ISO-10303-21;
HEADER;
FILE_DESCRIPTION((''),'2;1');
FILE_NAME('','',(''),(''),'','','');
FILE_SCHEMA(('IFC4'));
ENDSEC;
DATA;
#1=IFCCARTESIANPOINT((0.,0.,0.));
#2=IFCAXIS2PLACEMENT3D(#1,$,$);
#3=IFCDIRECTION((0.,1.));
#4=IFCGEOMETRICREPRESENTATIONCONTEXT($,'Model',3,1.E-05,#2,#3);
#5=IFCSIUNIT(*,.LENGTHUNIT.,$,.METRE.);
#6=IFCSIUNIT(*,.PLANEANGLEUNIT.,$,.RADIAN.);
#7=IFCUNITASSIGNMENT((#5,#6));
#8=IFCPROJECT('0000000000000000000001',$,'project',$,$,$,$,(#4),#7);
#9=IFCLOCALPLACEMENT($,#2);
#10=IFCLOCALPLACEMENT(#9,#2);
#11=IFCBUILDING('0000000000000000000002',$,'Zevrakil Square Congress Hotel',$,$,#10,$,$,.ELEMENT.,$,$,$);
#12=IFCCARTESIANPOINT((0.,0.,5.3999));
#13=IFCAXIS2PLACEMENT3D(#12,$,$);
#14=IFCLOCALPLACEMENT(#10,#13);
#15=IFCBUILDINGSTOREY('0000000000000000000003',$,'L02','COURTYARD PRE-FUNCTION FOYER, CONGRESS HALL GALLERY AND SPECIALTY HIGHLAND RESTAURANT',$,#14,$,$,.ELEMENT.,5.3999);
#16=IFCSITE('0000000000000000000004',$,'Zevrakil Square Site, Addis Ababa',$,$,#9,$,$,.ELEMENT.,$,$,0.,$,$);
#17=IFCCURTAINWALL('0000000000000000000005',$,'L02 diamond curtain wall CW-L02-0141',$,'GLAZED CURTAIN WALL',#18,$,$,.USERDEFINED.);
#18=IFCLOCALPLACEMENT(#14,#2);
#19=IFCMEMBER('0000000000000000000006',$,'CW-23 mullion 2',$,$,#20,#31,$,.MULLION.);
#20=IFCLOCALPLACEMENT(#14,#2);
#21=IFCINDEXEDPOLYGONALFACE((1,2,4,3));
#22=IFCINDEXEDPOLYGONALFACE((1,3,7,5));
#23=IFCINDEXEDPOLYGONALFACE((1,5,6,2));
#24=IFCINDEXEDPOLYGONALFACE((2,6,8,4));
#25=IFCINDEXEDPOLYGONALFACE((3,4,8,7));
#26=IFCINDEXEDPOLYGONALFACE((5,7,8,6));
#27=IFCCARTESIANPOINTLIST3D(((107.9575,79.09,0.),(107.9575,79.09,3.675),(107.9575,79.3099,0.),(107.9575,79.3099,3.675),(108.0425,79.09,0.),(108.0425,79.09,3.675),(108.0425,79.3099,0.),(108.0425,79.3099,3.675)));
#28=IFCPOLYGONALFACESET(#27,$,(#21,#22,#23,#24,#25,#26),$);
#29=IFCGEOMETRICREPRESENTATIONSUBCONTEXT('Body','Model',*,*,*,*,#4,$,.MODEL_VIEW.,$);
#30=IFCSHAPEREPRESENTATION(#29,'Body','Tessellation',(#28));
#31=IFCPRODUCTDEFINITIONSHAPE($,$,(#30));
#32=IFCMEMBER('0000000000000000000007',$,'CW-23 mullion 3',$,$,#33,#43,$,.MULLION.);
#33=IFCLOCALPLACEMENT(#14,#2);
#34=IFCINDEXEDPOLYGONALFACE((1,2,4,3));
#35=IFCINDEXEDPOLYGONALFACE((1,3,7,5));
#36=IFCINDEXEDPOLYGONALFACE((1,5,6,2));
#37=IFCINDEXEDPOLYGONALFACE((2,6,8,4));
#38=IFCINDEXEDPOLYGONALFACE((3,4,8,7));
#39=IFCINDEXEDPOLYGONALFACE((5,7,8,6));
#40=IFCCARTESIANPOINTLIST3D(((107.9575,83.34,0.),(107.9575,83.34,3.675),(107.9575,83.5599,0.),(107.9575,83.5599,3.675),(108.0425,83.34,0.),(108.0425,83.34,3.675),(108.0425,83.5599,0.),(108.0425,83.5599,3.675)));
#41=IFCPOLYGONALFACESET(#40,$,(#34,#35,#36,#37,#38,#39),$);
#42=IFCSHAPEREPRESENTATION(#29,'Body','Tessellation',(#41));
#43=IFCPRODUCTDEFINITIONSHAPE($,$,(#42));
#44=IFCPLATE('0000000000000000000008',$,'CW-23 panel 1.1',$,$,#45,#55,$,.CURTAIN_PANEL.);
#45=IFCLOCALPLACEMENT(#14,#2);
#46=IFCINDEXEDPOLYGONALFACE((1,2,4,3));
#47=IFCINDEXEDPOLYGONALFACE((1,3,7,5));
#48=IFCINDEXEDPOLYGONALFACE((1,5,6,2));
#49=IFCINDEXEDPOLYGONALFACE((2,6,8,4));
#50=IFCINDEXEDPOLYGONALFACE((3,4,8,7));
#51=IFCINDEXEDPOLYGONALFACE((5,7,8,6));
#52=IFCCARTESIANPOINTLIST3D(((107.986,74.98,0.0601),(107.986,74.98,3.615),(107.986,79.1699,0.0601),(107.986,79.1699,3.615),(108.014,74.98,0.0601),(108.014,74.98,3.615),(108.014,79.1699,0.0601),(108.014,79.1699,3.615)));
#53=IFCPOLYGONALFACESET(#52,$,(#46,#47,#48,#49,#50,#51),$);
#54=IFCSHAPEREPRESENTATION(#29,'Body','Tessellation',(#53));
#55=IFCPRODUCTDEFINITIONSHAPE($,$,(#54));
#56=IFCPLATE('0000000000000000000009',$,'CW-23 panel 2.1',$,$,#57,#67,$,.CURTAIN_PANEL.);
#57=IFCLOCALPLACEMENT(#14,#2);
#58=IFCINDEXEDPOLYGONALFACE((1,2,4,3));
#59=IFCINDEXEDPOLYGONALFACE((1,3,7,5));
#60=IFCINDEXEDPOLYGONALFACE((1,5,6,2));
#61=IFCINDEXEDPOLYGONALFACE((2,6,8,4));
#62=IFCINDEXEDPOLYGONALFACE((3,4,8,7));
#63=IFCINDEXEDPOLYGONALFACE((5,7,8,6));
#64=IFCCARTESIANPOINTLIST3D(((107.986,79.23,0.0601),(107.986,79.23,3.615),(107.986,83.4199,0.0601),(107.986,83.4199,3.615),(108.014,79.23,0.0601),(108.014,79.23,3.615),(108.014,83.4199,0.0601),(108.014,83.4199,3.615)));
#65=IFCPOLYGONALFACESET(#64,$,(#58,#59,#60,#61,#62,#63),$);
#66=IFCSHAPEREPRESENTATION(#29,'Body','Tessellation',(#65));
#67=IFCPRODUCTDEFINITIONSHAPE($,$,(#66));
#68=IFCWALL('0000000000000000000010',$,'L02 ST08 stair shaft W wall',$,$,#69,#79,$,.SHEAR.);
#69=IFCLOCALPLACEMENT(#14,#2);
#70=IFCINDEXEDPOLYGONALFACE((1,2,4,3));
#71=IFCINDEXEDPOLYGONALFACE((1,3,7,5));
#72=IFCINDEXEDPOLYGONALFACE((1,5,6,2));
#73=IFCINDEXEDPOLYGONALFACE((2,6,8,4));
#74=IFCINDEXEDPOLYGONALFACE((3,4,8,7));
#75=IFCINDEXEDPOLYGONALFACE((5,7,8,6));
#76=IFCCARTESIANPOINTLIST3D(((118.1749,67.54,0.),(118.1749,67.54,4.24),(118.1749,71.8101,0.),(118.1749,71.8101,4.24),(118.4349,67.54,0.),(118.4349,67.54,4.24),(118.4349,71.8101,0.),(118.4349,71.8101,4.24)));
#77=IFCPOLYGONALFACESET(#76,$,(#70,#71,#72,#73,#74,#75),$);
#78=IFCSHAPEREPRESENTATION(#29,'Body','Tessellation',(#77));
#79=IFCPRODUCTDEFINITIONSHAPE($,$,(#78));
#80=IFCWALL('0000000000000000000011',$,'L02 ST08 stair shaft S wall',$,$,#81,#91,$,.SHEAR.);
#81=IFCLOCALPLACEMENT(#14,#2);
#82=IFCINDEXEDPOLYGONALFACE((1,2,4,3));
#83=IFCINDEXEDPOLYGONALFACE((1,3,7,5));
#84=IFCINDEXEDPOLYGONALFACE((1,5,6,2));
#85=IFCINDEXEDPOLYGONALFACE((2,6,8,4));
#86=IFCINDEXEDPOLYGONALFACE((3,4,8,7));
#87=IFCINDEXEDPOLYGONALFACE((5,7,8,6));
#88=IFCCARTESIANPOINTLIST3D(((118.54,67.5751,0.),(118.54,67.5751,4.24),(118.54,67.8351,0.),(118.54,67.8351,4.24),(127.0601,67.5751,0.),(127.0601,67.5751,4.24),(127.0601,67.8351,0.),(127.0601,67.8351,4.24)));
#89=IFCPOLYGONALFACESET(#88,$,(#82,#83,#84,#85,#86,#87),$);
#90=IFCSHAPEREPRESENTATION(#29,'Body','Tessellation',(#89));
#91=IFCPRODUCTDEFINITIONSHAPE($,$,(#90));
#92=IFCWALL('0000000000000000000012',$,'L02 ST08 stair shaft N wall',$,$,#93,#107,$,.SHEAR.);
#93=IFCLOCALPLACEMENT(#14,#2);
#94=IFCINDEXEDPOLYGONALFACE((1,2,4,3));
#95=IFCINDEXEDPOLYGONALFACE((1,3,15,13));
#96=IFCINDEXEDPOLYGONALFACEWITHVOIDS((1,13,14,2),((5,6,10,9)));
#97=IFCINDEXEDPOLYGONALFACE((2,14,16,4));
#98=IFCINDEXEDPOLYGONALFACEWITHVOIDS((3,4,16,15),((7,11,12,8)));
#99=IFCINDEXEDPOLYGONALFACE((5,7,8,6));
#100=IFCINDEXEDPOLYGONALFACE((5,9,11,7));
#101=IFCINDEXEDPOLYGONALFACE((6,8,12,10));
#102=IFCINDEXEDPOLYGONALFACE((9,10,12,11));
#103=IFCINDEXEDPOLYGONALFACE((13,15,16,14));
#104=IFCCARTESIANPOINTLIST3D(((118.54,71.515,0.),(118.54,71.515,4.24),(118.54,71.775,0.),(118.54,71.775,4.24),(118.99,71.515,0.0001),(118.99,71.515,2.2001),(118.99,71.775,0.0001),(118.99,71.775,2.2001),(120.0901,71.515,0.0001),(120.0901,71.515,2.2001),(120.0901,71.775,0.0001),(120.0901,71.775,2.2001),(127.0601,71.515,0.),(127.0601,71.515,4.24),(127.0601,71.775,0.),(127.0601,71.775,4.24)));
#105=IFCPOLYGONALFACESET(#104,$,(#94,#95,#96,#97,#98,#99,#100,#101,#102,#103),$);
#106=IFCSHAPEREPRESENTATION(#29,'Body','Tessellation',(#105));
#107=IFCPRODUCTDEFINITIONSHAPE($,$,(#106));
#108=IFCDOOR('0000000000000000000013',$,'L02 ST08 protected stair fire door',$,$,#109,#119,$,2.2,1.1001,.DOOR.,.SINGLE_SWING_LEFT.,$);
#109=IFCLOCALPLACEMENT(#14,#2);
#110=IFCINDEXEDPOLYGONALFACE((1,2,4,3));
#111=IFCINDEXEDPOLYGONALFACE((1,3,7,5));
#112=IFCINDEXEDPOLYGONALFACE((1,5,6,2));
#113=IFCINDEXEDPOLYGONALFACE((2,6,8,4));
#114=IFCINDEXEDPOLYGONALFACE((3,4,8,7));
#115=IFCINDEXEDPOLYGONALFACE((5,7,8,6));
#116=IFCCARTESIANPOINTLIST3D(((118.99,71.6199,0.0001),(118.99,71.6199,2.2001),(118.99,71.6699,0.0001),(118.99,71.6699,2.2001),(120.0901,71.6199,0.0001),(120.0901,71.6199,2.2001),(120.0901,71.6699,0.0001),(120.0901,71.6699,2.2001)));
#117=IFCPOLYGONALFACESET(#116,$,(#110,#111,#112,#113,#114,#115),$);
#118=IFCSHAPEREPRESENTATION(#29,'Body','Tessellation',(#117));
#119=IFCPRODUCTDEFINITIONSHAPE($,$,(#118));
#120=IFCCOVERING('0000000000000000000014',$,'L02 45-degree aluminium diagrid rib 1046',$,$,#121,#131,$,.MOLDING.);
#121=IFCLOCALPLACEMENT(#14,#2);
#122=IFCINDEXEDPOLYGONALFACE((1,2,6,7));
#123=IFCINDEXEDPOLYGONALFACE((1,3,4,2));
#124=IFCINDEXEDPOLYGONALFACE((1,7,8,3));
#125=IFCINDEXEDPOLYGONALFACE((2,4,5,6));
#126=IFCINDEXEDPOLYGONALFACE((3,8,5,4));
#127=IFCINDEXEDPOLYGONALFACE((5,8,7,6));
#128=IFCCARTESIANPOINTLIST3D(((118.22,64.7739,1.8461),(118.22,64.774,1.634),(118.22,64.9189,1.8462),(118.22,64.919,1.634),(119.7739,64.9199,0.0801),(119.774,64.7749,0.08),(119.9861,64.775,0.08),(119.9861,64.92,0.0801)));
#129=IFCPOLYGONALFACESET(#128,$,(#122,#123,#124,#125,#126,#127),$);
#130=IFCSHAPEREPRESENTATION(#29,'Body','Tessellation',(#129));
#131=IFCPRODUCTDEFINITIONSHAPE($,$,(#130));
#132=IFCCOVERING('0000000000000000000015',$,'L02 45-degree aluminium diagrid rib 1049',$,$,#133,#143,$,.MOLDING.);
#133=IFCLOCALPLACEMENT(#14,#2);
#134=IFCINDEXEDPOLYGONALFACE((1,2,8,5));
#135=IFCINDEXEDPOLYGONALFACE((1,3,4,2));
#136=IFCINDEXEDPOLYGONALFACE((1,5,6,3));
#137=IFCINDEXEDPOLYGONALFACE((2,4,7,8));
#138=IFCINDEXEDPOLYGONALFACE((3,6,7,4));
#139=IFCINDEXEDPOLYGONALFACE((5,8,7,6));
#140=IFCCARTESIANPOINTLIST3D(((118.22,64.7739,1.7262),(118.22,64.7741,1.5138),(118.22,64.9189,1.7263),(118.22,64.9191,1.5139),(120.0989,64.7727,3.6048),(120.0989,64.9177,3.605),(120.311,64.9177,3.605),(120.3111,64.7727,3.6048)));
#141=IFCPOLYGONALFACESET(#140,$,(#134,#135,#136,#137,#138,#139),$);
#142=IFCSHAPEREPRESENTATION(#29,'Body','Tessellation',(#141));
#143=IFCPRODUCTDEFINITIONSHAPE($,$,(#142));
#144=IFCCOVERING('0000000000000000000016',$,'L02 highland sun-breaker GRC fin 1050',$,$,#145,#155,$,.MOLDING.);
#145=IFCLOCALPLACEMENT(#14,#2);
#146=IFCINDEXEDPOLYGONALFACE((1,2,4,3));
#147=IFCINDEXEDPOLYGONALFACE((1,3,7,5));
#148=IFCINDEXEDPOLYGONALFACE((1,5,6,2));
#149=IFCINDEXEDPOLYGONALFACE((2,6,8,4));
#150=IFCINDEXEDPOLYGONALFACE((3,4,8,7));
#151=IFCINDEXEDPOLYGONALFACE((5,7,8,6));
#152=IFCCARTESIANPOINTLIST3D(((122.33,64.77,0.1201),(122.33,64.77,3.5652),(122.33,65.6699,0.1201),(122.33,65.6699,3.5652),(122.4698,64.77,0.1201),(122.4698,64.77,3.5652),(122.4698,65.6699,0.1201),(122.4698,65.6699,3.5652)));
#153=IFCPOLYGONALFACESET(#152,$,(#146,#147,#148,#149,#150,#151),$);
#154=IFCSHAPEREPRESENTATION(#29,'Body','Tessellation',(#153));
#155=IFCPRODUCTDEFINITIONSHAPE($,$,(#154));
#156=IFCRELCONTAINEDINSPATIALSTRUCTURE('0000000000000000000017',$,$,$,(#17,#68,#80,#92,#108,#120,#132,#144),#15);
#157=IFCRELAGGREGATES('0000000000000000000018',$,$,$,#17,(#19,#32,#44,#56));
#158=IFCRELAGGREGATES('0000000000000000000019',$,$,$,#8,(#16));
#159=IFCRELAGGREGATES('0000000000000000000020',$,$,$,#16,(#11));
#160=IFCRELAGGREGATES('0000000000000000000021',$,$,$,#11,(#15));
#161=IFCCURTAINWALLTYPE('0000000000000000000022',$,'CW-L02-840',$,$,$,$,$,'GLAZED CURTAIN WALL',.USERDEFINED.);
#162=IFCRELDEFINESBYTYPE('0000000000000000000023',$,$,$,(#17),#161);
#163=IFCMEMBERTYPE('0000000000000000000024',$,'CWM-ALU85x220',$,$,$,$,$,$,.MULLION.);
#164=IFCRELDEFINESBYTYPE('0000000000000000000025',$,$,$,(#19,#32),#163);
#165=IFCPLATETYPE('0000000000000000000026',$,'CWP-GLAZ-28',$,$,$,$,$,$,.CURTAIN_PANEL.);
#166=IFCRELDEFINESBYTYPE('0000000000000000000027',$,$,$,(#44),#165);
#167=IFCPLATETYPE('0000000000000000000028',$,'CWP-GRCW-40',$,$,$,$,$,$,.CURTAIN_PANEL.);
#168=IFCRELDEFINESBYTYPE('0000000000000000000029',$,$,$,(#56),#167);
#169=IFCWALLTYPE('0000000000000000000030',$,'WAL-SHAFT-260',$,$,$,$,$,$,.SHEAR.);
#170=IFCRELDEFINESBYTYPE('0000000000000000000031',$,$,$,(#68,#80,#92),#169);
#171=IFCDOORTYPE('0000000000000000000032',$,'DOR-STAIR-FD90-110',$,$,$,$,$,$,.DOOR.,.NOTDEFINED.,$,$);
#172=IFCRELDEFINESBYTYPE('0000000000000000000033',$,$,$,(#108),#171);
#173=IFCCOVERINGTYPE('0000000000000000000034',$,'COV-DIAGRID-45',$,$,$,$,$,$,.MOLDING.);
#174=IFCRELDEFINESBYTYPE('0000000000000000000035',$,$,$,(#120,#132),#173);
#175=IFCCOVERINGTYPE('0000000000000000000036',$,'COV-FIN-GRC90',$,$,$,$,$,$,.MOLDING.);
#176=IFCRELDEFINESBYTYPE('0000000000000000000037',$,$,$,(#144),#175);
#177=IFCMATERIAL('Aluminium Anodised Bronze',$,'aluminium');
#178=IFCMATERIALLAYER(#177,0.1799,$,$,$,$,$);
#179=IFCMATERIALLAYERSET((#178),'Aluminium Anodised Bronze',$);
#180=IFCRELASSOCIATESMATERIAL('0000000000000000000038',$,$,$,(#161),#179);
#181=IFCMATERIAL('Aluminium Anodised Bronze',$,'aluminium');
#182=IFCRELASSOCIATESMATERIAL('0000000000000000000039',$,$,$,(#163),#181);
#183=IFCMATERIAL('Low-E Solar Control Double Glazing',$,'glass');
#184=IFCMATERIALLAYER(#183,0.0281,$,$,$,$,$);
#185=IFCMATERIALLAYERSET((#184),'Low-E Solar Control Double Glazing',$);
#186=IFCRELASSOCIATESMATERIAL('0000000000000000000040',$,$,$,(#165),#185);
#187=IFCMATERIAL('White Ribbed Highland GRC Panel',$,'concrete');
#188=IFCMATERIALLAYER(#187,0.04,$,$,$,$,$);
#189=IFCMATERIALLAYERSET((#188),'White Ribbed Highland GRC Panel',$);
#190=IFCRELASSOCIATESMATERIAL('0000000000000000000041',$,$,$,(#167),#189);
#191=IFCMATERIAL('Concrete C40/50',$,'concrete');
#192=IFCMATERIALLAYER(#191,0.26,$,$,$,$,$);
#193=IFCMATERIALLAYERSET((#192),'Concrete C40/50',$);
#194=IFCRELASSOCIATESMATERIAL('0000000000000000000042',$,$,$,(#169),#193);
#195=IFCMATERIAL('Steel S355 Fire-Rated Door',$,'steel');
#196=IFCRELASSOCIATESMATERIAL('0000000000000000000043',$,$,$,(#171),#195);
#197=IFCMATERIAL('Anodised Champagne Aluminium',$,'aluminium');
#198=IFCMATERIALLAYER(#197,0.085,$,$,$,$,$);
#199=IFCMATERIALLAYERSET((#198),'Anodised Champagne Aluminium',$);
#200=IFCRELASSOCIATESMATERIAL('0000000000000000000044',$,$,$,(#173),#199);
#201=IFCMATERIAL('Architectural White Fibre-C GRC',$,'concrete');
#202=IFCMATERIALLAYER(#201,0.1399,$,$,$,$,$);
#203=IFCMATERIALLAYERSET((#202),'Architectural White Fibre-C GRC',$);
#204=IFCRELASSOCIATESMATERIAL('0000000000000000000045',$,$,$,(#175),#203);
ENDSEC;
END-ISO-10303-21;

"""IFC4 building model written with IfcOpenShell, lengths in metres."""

from ifc_helpers import new_model, si_unit, direction, frame, frame_2d, origin, origin_2d, place, context, subcontext, project, spatial, polyline, rectangle, outline, extrude, material, layer, layer_set, material_profile, profile_set, type_object, element, fill, aggregate, save


model = new_model("IFC4")

# Units and contexts
model_context = context("Model", 3, precision=1e-05, world=origin(), true_north=direction((0.0, 1.0)))
body_context = subcontext(model_context, "Body", "Model", "MODEL_VIEW")
ifc_project = project(units=[si_unit("LENGTHUNIT", "METRE"), si_unit("PLANEANGLEUNIT", "RADIAN")], contexts=[model_context])

# Site, building, storey
site_placement = place(None, origin())
site = spatial("IfcSite", under=ifc_project, at=site_placement, Name="Zevrakil Square Site, Addis Ababa", CompositionType="ELEMENT", RefElevation=0.0)
building_placement = place(site_placement, origin())
building = spatial("IfcBuilding", under=site, at=building_placement, Name="Zevrakil Square Congress Hotel", CompositionType="ELEMENT")
storey_placement = place(building_placement, frame((0.0, 0.0, 5.3999)))
storey = spatial("IfcBuildingStorey", under=building, at=storey_placement, Name="L02", Description="COURTYARD PRE-FUNCTION FOYER, CONGRESS HALL GALLERY AND SPECIALTY HIGHLAND RESTAURANT", CompositionType="ELEMENT", Elevation=5.3999)

# Curtain wall, members, plates
ifc_material_1 = material(Name="Aluminium Anodised Bronze", Category="aluminium")
ifc_layer_1 = layer(ifc_material_1, 0.1799)
ifc_layer_set_1 = layer_set([ifc_layer_1], Name="Aluminium Anodised Bronze")
curtain_wall_type = type_object("IfcCurtainWallType", Name="CW-L02-840", ElementType="GLAZED CURTAIN WALL", PredefinedType="USERDEFINED", material=ifc_layer_set_1)
curtain_wall_placement = place(storey_placement, origin())
curtain_wall = element("IfcCurtainWall", 1, at=curtain_wall_placement, inside=storey, type_object=curtain_wall_type, Name="L02 diamond curtain wall CW-L02-0141", ObjectType="GLAZED CURTAIN WALL", PredefinedType="USERDEFINED")
ifc_material_2 = material(Name="Aluminium Anodised Bronze", Category="aluminium")
ifc_material_profile_1 = material_profile(ifc_material_2, rectangle(XDim=0.085, YDim=0.22, at=origin_2d()), Name="ALU 85x220")
ifc_profile_set_1 = profile_set([ifc_material_profile_1], Name="Aluminium Anodised Bronze")
member_type_1 = type_object("IfcMemberType", Name="CWM-ALU85x220", PredefinedType="MULLION", material=ifc_profile_set_1)
member_1_placement = place(storey_placement, frame((108.0, 79.2, 0.0), z_axis=(0.0, 0.0, 1.0), x_axis=(-1.0, 0.0, 0.0)))
member_1 = element("IfcMember", 2, at=member_1_placement, type_object=member_type_1, Name="CW-23 mullion 2", PredefinedType="MULLION", context=body_context, shape_type="SweptSolid", body=[
    extrude(rectangle(XDim=0.085, YDim=0.22, at=origin_2d()), origin(), (0.0, 0.0, 1.0), 3.675),
])
member_2_placement = place(storey_placement, frame((108.0, 83.45, 0.0), z_axis=(0.0, 0.0, 1.0), x_axis=(-1.0, 0.0, 0.0)))
member_2 = element("IfcMember", 3, at=member_2_placement, type_object=member_type_1, Name="CW-23 mullion 3", PredefinedType="MULLION", context=body_context, shape_type="SweptSolid", body=[
    extrude(rectangle(XDim=0.085, YDim=0.22, at=origin_2d()), origin(), (0.0, 0.0, 1.0), 3.675),
])
ifc_material_3 = material(Name="Low-E Solar Control Double Glazing", Category="glass")
ifc_layer_2 = layer(ifc_material_3, 0.0281)
ifc_layer_set_2 = layer_set([ifc_layer_2], Name="Low-E Solar Control Double Glazing")
plate_type_1 = type_object("IfcPlateType", Name="CWP-GLAZ-28", PredefinedType="CURTAIN_PANEL", material=ifc_layer_set_2)
plate_1_placement = place(storey_placement, frame((108.0, 77.075, 0.0601), z_axis=(0.0, 0.0, 1.0), x_axis=(0.0, 1.0, 0.0)))
plate_1 = element("IfcPlate", 4, at=plate_1_placement, type_object=plate_type_1, Name="CW-23 panel 1.1", PredefinedType="CURTAIN_PANEL", context=body_context, shape_type="SweptSolid", body=[
    extrude(rectangle(XDim=4.1899, YDim=0.0281, at=origin_2d()), origin(), (0.0, 0.0, 1.0), 3.5549),
])
ifc_material_4 = material(Name="White Ribbed Highland GRC Panel", Category="concrete")
ifc_layer_3 = layer(ifc_material_4, 0.04)
ifc_layer_set_3 = layer_set([ifc_layer_3], Name="White Ribbed Highland GRC Panel")
plate_type_2 = type_object("IfcPlateType", Name="CWP-GRCW-40", PredefinedType="CURTAIN_PANEL", material=ifc_layer_set_3)
plate_2_placement = place(storey_placement, frame((108.0, 81.325, 0.0601), z_axis=(0.0, 0.0, 1.0), x_axis=(0.0, 1.0, 0.0)))
plate_2 = element("IfcPlate", 5, at=plate_2_placement, type_object=plate_type_2, Name="CW-23 panel 2.1", PredefinedType="CURTAIN_PANEL", context=body_context, shape_type="SweptSolid", body=[
    extrude(rectangle(XDim=4.1899, YDim=0.0281, at=origin_2d()), origin(), (0.0, 0.0, 1.0), 3.5549),
])
aggregate(curtain_wall, [member_1, member_2, plate_1, plate_2])

# Walls
ifc_material_5 = material(Name="Concrete C40/50", Category="concrete")
ifc_layer_4 = layer(ifc_material_5, 0.26)
ifc_layer_set_4 = layer_set([ifc_layer_4], Name="Concrete C40/50")
wall_type = type_object("IfcWallType", Name="WAL-SHAFT-260", PredefinedType="SHEAR", material=ifc_layer_set_4)
wall_1_placement = place(storey_placement, frame((118.3049, 67.54, 0.0), z_axis=(0.0, 0.0, 1.0), x_axis=(0.0, 1.0, 0.0)))
element("IfcWall", 6, at=wall_1_placement, inside=storey, type_object=wall_type, Name="L02 ST08 stair shaft W wall", PredefinedType="SHEAR", context=body_context, shape_type="SweptSolid", body=[
    extrude(rectangle(XDim=4.27, YDim=0.26, at=frame_2d((2.135, 0.0))), origin(), (0.0, 0.0, 1.0), 4.24),
])
wall_2_placement = place(storey_placement, frame((118.54, 67.7051, 0.0), z_axis=(0.0, 0.0, 1.0), x_axis=(1.0, 0.0, 0.0)))
element("IfcWall", 7, at=wall_2_placement, inside=storey, type_object=wall_type, Name="L02 ST08 stair shaft S wall", PredefinedType="SHEAR", context=body_context, shape_type="SweptSolid", body=[
    extrude(rectangle(XDim=8.52, YDim=0.26, at=frame_2d((4.26, 0.0))), origin(), (0.0, 0.0, 1.0), 4.24),
])

# Wall, opening, door
wall_3_placement = place(storey_placement, frame((118.54, 71.645, 0.0), z_axis=(0.0, 0.0, 1.0), x_axis=(1.0, 0.0, 0.0)))
wall_3 = element("IfcWall", 8, at=wall_3_placement, inside=storey, type_object=wall_type, Name="L02 ST08 stair shaft N wall", PredefinedType="SHEAR", context=body_context, shape_type="SweptSolid", body=[
    extrude(rectangle(XDim=8.52, YDim=0.26, at=frame_2d((4.26, 0.0))), origin(), (0.0, 0.0, 1.0), 4.24),
])
opening_placement = place(wall_3_placement, frame((0.45, 0.0, 0.0)))
opening = element("IfcOpeningElement", 9, at=opening_placement, cuts=wall_3, PredefinedType="OPENING", context=body_context, shape_type="SweptSolid", body=[
    extrude(rectangle(XDim=1.1001, YDim=2.2, at=frame_2d((0.55, 1.1001))), frame((0.0, 0.1401, 0.0), z_axis=(0.0, -1.0, 0.0), x_axis=(1.0, 0.0, 0.0)), (0.0, 0.0, 1.0), 0.28),
])
ifc_material_6 = material(Name="Steel S355 Fire-Rated Door", Category="steel")
door_type = type_object("IfcDoorType", Name="DOR-STAIR-FD90-110", OperationType="NOTDEFINED", PredefinedType="DOOR", material=ifc_material_6)
door_placement = place(opening_placement, origin())
door = element("IfcDoor", 10, at=door_placement, inside=storey, type_object=door_type, Name="L02 ST08 protected stair fire door", OperationType="SINGLE_SWING_LEFT", OverallHeight=2.2, OverallWidth=1.1001, PredefinedType="DOOR", context=body_context, shape_type="SweptSolid", body=[
    extrude(rectangle(XDim=1.1001, YDim=2.2, at=frame_2d((0.55, 1.1001))), frame((0.0, 0.0249, 0.0), z_axis=(0.0, -1.0, 0.0), x_axis=(1.0, 0.0, 0.0)), (0.0, 0.0, 1.0), 0.05),
])
fill(opening, door)

# Coverings
ifc_material_7 = material(Name="Anodised Champagne Aluminium", Category="aluminium")
ifc_layer_5 = layer(ifc_material_7, 0.085)
ifc_layer_set_5 = layer_set([ifc_layer_5], Name="Anodised Champagne Aluminium")
covering_type_1 = type_object("IfcCoveringType", Name="COV-DIAGRID-45", PredefinedType="MOLDING", material=ifc_layer_set_5)
covering_1_placement = place(storey_placement, frame((119.7739, 64.9199, 0.0801), z_axis=(-0.000294, 1.0, 0.000294), x_axis=(1.0, 0.000294, 0.0)))
element("IfcCovering", 11, at=covering_1_placement, inside=storey, type_object=covering_type_1, Name="L02 45-degree aluminium diagrid rib 1046", PredefinedType="MOLDING", context=body_context, shape_type="SweptSolid", body=[
    extrude(outline(polyline([(0.0, 0.0), (0.2122, 0.0), (-1.554, -1.7661), (-1.554, -1.554), (0.0, 0.0)])), origin(), (0.0, 0.0, -1.0), 0.145),
])
covering_2_placement = place(storey_placement, frame((120.311, 64.9177, 3.605), z_axis=(-0.000237, 1.0, 0.000913), x_axis=(-1.0, -0.000237, 0.0)))
element("IfcCovering", 12, at=covering_2_placement, inside=storey, type_object=covering_type_1, Name="L02 45-degree aluminium diagrid rib 1049", PredefinedType="MOLDING", context=body_context, shape_type="SweptSolid", body=[
    extrude(outline(polyline([(0.0, 0.0), (0.2122, 0.0), (2.0911, -1.8787), (2.0911, -2.0911), (0.0, 0.0)])), origin(), (0.0, 0.0, -1.0), 0.145),
])
ifc_material_8 = material(Name="Architectural White Fibre-C GRC", Category="concrete")
ifc_layer_6 = layer(ifc_material_8, 0.1399)
ifc_layer_set_6 = layer_set([ifc_layer_6], Name="Architectural White Fibre-C GRC")
covering_type_2 = type_object("IfcCoveringType", Name="COV-FIN-GRC90", PredefinedType="MOLDING", material=ifc_layer_set_6)
covering_3_placement = place(storey_placement, frame((122.3999, 65.22, 0.1201), z_axis=(0.0, 0.0, 1.0), x_axis=(0.0, 1.0, 0.0)))
element("IfcCovering", 13, at=covering_3_placement, inside=storey, type_object=covering_type_2, Name="L02 highland sun-breaker GRC fin 1050", PredefinedType="MOLDING", context=body_context, shape_type="SweptSolid", body=[
    extrude(rectangle(XDim=0.8999, YDim=0.1399, at=origin_2d()), origin(), (0.0, 0.0, 1.0), 3.4451),
])

save(model, "model.ifc")
